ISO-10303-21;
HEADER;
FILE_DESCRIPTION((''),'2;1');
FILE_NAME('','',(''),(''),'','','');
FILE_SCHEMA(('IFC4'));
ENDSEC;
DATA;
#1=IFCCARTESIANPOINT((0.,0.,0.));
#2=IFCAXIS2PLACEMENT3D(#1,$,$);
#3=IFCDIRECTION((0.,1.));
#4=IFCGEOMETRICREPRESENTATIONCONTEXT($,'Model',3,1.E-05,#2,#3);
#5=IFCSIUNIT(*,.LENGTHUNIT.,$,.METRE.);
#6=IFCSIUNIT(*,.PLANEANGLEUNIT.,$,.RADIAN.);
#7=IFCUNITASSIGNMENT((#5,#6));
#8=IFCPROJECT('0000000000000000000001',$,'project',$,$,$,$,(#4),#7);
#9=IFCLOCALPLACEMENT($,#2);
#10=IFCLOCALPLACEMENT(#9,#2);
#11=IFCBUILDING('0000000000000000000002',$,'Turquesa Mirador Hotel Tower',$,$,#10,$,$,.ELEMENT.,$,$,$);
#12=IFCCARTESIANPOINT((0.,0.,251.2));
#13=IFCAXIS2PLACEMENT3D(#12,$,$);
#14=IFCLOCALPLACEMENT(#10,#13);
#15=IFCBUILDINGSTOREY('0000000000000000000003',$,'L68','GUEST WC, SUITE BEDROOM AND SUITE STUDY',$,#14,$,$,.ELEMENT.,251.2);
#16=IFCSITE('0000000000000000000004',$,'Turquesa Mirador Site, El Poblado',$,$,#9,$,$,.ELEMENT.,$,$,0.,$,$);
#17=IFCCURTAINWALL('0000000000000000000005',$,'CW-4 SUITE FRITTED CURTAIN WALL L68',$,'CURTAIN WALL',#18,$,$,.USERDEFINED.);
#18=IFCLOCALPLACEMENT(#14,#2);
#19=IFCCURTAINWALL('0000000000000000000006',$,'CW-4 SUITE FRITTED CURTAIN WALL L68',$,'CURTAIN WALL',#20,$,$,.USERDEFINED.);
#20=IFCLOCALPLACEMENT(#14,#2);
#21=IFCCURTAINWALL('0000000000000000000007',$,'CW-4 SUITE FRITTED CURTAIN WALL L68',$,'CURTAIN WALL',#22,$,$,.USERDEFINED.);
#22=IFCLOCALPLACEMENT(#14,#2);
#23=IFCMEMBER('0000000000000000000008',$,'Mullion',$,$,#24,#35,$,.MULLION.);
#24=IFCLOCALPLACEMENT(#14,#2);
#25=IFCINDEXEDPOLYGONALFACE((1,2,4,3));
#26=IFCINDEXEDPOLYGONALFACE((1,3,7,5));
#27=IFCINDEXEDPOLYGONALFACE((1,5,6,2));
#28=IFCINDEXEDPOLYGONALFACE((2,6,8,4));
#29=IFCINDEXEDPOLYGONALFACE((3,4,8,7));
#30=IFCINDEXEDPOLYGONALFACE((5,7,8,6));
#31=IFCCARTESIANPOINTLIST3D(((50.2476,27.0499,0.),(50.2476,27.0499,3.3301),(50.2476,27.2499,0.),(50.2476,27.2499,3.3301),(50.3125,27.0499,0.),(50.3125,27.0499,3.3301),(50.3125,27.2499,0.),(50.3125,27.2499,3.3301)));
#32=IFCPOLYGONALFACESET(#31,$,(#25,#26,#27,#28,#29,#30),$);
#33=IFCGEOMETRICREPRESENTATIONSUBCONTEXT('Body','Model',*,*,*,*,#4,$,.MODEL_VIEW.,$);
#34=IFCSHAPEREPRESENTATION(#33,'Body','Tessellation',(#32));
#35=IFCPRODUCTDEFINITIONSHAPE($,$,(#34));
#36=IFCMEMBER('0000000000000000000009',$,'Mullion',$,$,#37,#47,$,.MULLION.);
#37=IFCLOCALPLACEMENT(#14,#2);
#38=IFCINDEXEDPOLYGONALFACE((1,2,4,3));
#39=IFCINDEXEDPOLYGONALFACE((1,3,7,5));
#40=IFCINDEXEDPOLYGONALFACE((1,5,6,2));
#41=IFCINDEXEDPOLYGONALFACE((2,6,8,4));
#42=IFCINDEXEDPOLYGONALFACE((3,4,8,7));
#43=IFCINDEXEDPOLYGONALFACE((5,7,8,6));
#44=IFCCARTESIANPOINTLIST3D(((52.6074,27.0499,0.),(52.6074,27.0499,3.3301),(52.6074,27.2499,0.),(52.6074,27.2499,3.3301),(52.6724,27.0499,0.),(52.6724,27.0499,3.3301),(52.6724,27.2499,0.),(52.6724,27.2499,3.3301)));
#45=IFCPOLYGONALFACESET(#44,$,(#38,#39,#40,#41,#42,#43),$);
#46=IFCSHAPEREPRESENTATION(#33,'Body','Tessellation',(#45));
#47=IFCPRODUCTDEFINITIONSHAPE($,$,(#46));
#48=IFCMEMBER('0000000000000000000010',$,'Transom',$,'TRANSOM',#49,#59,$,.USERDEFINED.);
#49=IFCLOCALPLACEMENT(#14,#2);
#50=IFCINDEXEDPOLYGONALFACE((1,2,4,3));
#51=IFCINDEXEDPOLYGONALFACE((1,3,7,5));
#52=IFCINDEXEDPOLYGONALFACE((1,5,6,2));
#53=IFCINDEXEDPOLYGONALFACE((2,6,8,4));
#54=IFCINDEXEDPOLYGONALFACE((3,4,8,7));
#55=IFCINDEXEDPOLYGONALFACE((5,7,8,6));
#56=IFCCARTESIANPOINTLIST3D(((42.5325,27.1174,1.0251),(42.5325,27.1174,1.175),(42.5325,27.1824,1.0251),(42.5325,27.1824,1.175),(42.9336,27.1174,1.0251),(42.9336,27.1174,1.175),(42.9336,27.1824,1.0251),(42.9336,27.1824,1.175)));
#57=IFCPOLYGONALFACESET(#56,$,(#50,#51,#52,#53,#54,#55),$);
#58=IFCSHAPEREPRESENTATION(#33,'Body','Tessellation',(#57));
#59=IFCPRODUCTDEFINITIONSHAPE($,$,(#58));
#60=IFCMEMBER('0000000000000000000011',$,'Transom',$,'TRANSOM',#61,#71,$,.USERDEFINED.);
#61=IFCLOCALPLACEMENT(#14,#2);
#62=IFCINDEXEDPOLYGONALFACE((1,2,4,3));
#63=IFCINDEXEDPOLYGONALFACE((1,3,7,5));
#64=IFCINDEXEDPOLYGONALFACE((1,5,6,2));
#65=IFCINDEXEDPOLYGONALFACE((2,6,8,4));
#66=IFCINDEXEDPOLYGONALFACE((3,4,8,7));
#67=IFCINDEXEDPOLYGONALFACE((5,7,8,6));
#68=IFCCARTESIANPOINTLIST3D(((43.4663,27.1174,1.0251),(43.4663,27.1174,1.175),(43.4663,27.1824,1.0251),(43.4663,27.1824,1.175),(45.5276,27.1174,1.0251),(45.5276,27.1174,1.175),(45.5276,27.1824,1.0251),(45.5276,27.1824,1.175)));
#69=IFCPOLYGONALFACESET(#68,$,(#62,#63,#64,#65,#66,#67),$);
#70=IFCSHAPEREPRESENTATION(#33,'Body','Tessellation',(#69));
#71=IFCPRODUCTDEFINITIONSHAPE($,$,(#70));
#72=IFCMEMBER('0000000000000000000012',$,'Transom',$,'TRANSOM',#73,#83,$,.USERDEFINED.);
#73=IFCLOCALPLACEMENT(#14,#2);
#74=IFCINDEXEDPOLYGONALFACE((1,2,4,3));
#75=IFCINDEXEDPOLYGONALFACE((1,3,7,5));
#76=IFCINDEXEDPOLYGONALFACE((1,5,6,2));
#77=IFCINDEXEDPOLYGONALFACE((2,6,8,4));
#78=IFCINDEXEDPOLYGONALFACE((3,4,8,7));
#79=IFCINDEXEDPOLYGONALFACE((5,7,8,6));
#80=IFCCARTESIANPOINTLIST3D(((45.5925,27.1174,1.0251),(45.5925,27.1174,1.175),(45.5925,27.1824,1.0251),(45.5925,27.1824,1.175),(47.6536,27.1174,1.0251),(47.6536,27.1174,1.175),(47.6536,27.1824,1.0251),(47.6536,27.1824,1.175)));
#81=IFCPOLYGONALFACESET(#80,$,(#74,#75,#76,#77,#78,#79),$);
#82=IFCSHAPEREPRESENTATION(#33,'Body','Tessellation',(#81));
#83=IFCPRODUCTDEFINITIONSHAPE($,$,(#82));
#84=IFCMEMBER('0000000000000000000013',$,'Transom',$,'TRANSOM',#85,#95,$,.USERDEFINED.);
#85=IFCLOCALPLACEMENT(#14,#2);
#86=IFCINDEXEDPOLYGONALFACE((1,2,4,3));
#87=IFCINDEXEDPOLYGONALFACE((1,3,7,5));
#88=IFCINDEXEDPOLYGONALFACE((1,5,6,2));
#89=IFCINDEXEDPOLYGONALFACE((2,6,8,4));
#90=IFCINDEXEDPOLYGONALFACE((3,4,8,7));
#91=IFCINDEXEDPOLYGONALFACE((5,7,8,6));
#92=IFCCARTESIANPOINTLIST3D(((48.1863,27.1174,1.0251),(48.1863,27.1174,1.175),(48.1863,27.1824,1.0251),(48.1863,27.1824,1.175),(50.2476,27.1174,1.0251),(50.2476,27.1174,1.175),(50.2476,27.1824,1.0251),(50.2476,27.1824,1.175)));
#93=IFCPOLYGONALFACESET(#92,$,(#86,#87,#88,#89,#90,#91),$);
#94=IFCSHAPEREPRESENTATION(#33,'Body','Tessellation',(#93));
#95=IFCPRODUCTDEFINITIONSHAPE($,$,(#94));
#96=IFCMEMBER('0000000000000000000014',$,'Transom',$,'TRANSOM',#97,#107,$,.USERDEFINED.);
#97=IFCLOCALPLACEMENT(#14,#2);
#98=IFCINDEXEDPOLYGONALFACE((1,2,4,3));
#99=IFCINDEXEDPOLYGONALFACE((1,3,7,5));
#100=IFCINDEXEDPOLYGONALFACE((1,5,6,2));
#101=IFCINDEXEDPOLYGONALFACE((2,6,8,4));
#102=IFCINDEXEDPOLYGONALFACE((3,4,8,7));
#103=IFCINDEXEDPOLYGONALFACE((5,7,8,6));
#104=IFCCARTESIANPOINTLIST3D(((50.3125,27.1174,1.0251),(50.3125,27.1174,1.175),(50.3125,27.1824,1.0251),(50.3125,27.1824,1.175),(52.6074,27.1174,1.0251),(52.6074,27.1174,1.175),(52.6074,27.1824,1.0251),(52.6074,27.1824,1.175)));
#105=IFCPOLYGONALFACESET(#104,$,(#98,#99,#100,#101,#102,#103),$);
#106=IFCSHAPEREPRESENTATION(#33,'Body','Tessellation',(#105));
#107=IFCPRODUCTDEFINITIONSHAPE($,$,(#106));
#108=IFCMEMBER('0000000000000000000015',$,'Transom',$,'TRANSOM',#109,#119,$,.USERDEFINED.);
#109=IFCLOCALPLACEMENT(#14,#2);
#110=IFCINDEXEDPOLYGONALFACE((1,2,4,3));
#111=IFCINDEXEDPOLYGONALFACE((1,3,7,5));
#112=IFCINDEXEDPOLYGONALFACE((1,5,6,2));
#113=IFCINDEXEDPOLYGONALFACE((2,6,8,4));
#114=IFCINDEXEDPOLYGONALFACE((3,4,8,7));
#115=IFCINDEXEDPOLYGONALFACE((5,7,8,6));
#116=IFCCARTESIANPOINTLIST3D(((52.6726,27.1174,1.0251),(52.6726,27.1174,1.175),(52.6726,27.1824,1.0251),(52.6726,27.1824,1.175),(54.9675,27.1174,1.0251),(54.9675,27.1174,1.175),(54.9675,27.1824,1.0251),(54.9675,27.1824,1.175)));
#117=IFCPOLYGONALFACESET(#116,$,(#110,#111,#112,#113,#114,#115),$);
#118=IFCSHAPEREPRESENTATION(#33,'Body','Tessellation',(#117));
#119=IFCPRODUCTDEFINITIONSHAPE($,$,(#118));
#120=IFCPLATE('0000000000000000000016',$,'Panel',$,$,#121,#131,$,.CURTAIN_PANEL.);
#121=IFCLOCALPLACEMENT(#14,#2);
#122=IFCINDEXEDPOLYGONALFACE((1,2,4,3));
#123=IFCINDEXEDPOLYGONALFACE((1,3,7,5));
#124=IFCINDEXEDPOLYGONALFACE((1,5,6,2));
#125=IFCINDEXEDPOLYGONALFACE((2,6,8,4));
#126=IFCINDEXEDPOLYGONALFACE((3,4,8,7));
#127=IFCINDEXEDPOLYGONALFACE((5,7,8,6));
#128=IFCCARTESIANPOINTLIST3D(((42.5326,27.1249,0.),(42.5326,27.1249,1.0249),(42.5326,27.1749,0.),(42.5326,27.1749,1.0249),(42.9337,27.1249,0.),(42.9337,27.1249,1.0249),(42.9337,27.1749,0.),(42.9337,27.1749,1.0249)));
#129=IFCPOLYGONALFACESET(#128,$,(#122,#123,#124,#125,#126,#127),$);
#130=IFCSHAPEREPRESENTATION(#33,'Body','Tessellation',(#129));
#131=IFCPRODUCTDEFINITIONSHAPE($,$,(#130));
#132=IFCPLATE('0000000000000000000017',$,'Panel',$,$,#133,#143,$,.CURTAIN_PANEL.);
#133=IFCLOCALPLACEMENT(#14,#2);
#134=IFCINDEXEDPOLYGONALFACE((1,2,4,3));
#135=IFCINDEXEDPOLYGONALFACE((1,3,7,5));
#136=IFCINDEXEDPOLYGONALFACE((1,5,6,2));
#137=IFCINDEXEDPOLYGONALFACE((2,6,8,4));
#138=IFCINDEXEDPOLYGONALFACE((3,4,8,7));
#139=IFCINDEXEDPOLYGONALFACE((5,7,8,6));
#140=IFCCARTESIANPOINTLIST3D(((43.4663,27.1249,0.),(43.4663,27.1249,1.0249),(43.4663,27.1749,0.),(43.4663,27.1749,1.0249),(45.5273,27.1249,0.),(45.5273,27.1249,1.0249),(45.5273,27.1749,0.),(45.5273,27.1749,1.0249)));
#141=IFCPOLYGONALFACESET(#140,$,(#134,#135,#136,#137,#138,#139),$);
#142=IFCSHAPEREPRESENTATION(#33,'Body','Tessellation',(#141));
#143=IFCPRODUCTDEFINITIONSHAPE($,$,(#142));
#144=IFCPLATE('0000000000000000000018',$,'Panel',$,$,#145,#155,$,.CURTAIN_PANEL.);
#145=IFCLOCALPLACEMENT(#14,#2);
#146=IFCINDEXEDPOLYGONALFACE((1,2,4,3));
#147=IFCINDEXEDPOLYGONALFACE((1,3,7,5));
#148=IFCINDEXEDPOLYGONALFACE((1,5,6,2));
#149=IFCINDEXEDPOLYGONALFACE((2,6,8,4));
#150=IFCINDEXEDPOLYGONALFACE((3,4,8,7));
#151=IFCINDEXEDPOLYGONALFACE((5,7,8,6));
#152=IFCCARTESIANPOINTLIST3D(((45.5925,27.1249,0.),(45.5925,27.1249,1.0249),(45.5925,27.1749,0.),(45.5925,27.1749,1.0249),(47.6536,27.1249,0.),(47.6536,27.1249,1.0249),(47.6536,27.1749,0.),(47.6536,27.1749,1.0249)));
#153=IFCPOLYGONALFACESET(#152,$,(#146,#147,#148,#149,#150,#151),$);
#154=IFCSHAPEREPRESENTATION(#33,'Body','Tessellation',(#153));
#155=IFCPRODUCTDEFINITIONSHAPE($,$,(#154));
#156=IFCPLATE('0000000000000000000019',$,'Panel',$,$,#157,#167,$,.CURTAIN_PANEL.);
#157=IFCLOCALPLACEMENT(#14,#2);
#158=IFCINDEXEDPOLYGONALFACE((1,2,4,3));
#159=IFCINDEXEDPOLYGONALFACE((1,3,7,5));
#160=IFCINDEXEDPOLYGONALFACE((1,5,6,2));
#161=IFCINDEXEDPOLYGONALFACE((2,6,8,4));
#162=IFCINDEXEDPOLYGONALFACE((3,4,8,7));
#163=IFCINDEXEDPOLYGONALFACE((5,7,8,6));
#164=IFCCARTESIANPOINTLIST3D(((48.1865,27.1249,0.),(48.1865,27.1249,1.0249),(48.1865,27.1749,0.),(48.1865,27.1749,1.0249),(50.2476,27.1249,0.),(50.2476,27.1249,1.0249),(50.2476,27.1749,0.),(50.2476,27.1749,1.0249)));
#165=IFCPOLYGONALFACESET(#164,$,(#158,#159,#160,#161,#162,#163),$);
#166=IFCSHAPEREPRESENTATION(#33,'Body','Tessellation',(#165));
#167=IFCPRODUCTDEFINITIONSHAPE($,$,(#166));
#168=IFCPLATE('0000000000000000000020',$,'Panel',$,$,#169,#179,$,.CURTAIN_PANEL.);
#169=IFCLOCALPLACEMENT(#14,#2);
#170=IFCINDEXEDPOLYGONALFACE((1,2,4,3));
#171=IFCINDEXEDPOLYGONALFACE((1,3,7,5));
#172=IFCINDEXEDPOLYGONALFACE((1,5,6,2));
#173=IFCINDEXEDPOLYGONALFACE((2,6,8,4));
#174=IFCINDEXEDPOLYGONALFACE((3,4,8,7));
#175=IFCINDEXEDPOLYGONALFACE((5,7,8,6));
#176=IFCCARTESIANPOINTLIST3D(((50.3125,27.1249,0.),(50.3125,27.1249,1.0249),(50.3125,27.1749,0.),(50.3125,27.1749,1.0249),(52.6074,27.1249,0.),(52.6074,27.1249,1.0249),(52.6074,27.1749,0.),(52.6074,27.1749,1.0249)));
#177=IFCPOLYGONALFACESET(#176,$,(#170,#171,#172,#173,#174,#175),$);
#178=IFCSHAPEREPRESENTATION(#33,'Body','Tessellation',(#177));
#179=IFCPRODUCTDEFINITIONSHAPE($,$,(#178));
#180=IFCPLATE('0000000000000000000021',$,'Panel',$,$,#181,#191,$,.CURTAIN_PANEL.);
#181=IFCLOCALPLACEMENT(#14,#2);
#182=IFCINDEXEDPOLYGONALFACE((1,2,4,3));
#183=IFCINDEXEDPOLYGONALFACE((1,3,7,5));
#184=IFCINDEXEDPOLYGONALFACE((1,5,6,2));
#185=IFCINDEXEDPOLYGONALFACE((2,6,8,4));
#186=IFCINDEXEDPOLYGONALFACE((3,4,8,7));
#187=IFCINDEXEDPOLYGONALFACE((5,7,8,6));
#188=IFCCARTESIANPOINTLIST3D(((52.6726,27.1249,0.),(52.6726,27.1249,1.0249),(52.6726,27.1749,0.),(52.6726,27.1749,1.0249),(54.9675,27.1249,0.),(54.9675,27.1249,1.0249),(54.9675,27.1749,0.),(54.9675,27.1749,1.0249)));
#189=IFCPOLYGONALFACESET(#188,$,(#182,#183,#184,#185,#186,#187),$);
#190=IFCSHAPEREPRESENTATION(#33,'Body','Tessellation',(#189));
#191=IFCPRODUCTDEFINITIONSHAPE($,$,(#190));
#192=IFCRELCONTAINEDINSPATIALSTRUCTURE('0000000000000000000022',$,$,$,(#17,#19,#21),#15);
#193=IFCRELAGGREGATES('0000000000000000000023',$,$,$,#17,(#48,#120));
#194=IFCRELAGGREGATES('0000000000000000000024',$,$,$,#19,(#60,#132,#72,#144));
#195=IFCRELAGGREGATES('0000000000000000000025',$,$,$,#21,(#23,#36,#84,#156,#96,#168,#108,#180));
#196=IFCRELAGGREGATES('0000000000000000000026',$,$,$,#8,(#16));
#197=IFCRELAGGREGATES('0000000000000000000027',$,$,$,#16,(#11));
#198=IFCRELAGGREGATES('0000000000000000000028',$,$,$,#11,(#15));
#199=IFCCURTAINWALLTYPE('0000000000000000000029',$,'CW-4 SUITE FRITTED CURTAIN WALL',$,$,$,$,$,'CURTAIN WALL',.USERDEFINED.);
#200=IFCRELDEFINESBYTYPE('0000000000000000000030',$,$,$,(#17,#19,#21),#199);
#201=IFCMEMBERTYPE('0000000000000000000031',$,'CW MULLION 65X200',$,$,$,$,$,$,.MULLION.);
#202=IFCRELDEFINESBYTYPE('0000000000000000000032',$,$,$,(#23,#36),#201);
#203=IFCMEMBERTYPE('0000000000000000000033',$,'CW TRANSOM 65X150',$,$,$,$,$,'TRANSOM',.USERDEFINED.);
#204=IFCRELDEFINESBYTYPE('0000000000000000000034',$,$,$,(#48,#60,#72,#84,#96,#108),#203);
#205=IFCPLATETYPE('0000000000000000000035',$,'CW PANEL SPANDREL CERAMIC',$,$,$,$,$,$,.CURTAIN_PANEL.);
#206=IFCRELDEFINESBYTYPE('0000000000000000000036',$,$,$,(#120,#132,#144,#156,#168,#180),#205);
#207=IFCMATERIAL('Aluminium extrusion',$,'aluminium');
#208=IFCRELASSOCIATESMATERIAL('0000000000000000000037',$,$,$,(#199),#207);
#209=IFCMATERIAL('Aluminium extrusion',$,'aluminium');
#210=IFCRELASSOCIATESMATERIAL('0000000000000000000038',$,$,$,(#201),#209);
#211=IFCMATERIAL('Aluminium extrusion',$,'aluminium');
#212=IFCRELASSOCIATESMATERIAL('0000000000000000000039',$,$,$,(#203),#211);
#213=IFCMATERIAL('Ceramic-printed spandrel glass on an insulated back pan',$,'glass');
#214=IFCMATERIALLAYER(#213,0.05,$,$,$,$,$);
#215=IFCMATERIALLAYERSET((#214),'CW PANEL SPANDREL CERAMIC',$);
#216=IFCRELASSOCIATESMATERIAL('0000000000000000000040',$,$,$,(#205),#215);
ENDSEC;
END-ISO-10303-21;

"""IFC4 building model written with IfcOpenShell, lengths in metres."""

from ifc_helpers import new_model, si_unit, direction, frame, origin, origin_2d, place, context, subcontext, project, spatial, rectangle, extrude, material, layer, layer_set, material_profile, profile_set, type_object, element, aggregate, save


model = new_model("IFC4")

# Units and contexts
model_context = context("Model", 3, precision=1e-05, world=origin(), true_north=direction((0.0, 1.0)))
body_context = subcontext(model_context, "Body", "Model", "MODEL_VIEW")
ifc_project = project(units=[si_unit("LENGTHUNIT", "METRE"), si_unit("PLANEANGLEUNIT", "RADIAN")], contexts=[model_context])

# Site, building, storey
site_placement = place(None, origin())
site = spatial("IfcSite", under=ifc_project, at=site_placement, Name="Turquesa Mirador Site, El Poblado", CompositionType="ELEMENT", RefElevation=0.0)
building_placement = place(site_placement, origin())
building = spatial("IfcBuilding", under=site, at=building_placement, Name="Turquesa Mirador Hotel Tower", CompositionType="ELEMENT")
storey_placement = place(building_placement, frame((0.0, 0.0, 251.2)))
storey = spatial("IfcBuildingStorey", under=building, at=storey_placement, Name="L68", Description="GUEST WC, SUITE BEDROOM AND SUITE STUDY", CompositionType="ELEMENT", Elevation=251.2)

# Curtain walls, members
ifc_material_1 = material(Name="Aluminium extrusion", Category="aluminium")
curtain_wall_type = type_object("IfcCurtainWallType", Name="CW-4 SUITE FRITTED CURTAIN WALL", ElementType="CURTAIN WALL", PredefinedType="USERDEFINED", material=ifc_material_1)
curtain_wall_1_placement = place(storey_placement, origin())
curtain_wall_1 = element("IfcCurtainWall", 1, at=curtain_wall_1_placement, inside=storey, type_object=curtain_wall_type, Name="CW-4 SUITE FRITTED CURTAIN WALL L68", ObjectType="CURTAIN WALL", PredefinedType="USERDEFINED")
ifc_material_2 = material(Name="Aluminium extrusion", Category="aluminium")
ifc_material_profile_1 = material_profile(ifc_material_2, rectangle(XDim=0.0649, YDim=0.2, at=origin_2d()), Name="MULLION 65X200")
ifc_profile_set_1 = profile_set([ifc_material_profile_1], Name="Aluminium extrusion")
member_type_1 = type_object("IfcMemberType", Name="CW MULLION 65X200", PredefinedType="MULLION", material=ifc_profile_set_1)
curtain_wall_2_placement = place(storey_placement, origin())
curtain_wall_2 = element("IfcCurtainWall", 2, at=curtain_wall_2_placement, inside=storey, type_object=curtain_wall_type, Name="CW-4 SUITE FRITTED CURTAIN WALL L68", ObjectType="CURTAIN WALL", PredefinedType="USERDEFINED")
curtain_wall_3_placement = place(storey_placement, origin())
curtain_wall_3 = element("IfcCurtainWall", 3, at=curtain_wall_3_placement, inside=storey, type_object=curtain_wall_type, Name="CW-4 SUITE FRITTED CURTAIN WALL L68", ObjectType="CURTAIN WALL", PredefinedType="USERDEFINED")
member_1_placement = place(storey_placement, frame((50.28, 27.1499, 0.0), z_axis=(0.0, 0.0, 1.0), x_axis=(1.0, 0.0, 0.0)))
member_1 = element("IfcMember", 4, at=member_1_placement, type_object=member_type_1, Name="Mullion", PredefinedType="MULLION", context=body_context, shape_type="SweptSolid", body=[
    extrude(rectangle(XDim=0.0649, YDim=0.2, at=origin_2d()), origin(), (0.0, 0.0, 1.0), 3.3301),
])
member_2_placement = place(storey_placement, frame((52.6399, 27.1499, 0.0), z_axis=(0.0, 0.0, 1.0), x_axis=(1.0, 0.0, 0.0)))
member_2 = element("IfcMember", 5, at=member_2_placement, type_object=member_type_1, Name="Mullion", PredefinedType="MULLION", context=body_context, shape_type="SweptSolid", body=[
    extrude(rectangle(XDim=0.0649, YDim=0.2, at=origin_2d()), origin(), (0.0, 0.0, 1.0), 3.3301),
])

# Members
ifc_material_3 = material(Name="Aluminium extrusion", Category="aluminium")
ifc_material_profile_2 = material_profile(ifc_material_3, rectangle(XDim=0.0649, YDim=0.1499, at=origin_2d()), Name="TRANSOM 65X150")
ifc_profile_set_2 = profile_set([ifc_material_profile_2], Name="Aluminium extrusion")
member_type_2 = type_object("IfcMemberType", Name="CW TRANSOM 65X150", ElementType="TRANSOM", PredefinedType="USERDEFINED", material=ifc_profile_set_2)
member_3_placement = place(storey_placement, frame((42.5325, 27.1499, 1.1001), z_axis=(1.0, 0.0, 0.0), x_axis=(0.0, 1.0, 0.0)))
member_3 = element("IfcMember", 6, at=member_3_placement, type_object=member_type_2, Name="Transom", ObjectType="TRANSOM", PredefinedType="USERDEFINED", context=body_context, shape_type="SweptSolid", body=[
    extrude(rectangle(XDim=0.0649, YDim=0.1499, at=origin_2d()), origin(), (0.0, 0.0, 1.0), 0.4011),
])
member_4_placement = place(storey_placement, frame((43.4663, 27.1499, 1.1001), z_axis=(1.0, 0.0, 0.0), x_axis=(0.0, 1.0, 0.0)))
member_4 = element("IfcMember", 7, at=member_4_placement, type_object=member_type_2, Name="Transom", ObjectType="TRANSOM", PredefinedType="USERDEFINED", context=body_context, shape_type="SweptSolid", body=[
    extrude(rectangle(XDim=0.0649, YDim=0.1499, at=origin_2d()), origin(), (0.0, 0.0, 1.0), 2.0613),
])
member_5_placement = place(storey_placement, frame((45.5925, 27.1499, 1.1001), z_axis=(1.0, 0.0, 0.0), x_axis=(0.0, 1.0, 0.0)))
member_5 = element("IfcMember", 8, at=member_5_placement, type_object=member_type_2, Name="Transom", ObjectType="TRANSOM", PredefinedType="USERDEFINED", context=body_context, shape_type="SweptSolid", body=[
    extrude(rectangle(XDim=0.0649, YDim=0.1499, at=origin_2d()), origin(), (0.0, 0.0, 1.0), 2.061),
])
member_6_placement = place(storey_placement, frame((48.1863, 27.1499, 1.1001), z_axis=(1.0, 0.0, 0.0), x_axis=(0.0, 1.0, 0.0)))
member_6 = element("IfcMember", 9, at=member_6_placement, type_object=member_type_2, Name="Transom", ObjectType="TRANSOM", PredefinedType="USERDEFINED", context=body_context, shape_type="SweptSolid", body=[
    extrude(rectangle(XDim=0.0649, YDim=0.1499, at=origin_2d()), origin(), (0.0, 0.0, 1.0), 2.0613),
])
member_7_placement = place(storey_placement, frame((50.3125, 27.1499, 1.1001), z_axis=(1.0, 0.0, 0.0), x_axis=(0.0, 1.0, 0.0)))
member_7 = element("IfcMember", 10, at=member_7_placement, type_object=member_type_2, Name="Transom", ObjectType="TRANSOM", PredefinedType="USERDEFINED", context=body_context, shape_type="SweptSolid", body=[
    extrude(rectangle(XDim=0.0649, YDim=0.1499, at=origin_2d()), origin(), (0.0, 0.0, 1.0), 2.2949),
])
member_8_placement = place(storey_placement, frame((52.6726, 27.1499, 1.1001), z_axis=(1.0, 0.0, 0.0), x_axis=(0.0, 1.0, 0.0)))
member_8 = element("IfcMember", 11, at=member_8_placement, type_object=member_type_2, Name="Transom", ObjectType="TRANSOM", PredefinedType="USERDEFINED", context=body_context, shape_type="SweptSolid", body=[
    extrude(rectangle(XDim=0.0649, YDim=0.1499, at=origin_2d()), origin(), (0.0, 0.0, 1.0), 2.2949),
])

# Plates
ifc_material_4 = material(Name="Ceramic-printed spandrel glass on an insulated back pan", Category="glass")
ifc_layer_1 = layer(ifc_material_4, 0.05)
ifc_layer_set_1 = layer_set([ifc_layer_1], Name="CW PANEL SPANDREL CERAMIC")
plate_type_1 = type_object("IfcPlateType", Name="CW PANEL SPANDREL CERAMIC", PredefinedType="CURTAIN_PANEL", material=ifc_layer_set_1)
plate_1_placement = place(storey_placement, frame((42.7332, 27.1499, 0.0), z_axis=(0.0, 0.0, 1.0), x_axis=(1.0, 0.0, 0.0)))
plate_1 = element("IfcPlate", 12, at=plate_1_placement, type_object=plate_type_1, Name="Panel", PredefinedType="CURTAIN_PANEL", context=body_context, shape_type="SweptSolid", body=[
    extrude(rectangle(XDim=0.4011, YDim=0.05, at=origin_2d()), origin(), (0.0, 0.0, 1.0), 1.0249),
])
plate_2_placement = place(storey_placement, frame((44.4968, 27.1499, 0.0), z_axis=(0.0, 0.0, 1.0), x_axis=(1.0, 0.0, 0.0)))
plate_2 = element("IfcPlate", 13, at=plate_2_placement, type_object=plate_type_1, Name="Panel", PredefinedType="CURTAIN_PANEL", context=body_context, shape_type="SweptSolid", body=[
    extrude(rectangle(XDim=2.061, YDim=0.05, at=origin_2d()), origin(), (0.0, 0.0, 1.0), 1.0249),
])
plate_3_placement = place(storey_placement, frame((46.623, 27.1499, 0.0), z_axis=(0.0, 0.0, 1.0), x_axis=(1.0, 0.0, 0.0)))
plate_3 = element("IfcPlate", 14, at=plate_3_placement, type_object=plate_type_1, Name="Panel", PredefinedType="CURTAIN_PANEL", context=body_context, shape_type="SweptSolid", body=[
    extrude(rectangle(XDim=2.061, YDim=0.05, at=origin_2d()), origin(), (0.0, 0.0, 1.0), 1.0249),
])
plate_4_placement = place(storey_placement, frame((49.217, 27.1499, 0.0), z_axis=(0.0, 0.0, 1.0), x_axis=(1.0, 0.0, 0.0)))
plate_4 = element("IfcPlate", 15, at=plate_4_placement, type_object=plate_type_1, Name="Panel", PredefinedType="CURTAIN_PANEL", context=body_context, shape_type="SweptSolid", body=[
    extrude(rectangle(XDim=2.061, YDim=0.05, at=origin_2d()), origin(), (0.0, 0.0, 1.0), 1.0249),
])
plate_5_placement = place(storey_placement, frame((51.46, 27.1499, 0.0), z_axis=(0.0, 0.0, 1.0), x_axis=(1.0, 0.0, 0.0)))
plate_5 = element("IfcPlate", 16, at=plate_5_placement, type_object=plate_type_1, Name="Panel", PredefinedType="CURTAIN_PANEL", context=body_context, shape_type="SweptSolid", body=[
    extrude(rectangle(XDim=2.2949, YDim=0.05, at=origin_2d()), origin(), (0.0, 0.0, 1.0), 1.0249),
])
plate_6_placement = place(storey_placement, frame((53.8201, 27.1499, 0.0), z_axis=(0.0, 0.0, 1.0), x_axis=(1.0, 0.0, 0.0)))
plate_6 = element("IfcPlate", 17, at=plate_6_placement, type_object=plate_type_1, Name="Panel", PredefinedType="CURTAIN_PANEL", context=body_context, shape_type="SweptSolid", body=[
    extrude(rectangle(XDim=2.2949, YDim=0.05, at=origin_2d()), origin(), (0.0, 0.0, 1.0), 1.0249),
])
aggregate(curtain_wall_1, [member_3, plate_1])
aggregate(curtain_wall_2, [member_4, plate_2, member_5, plate_3])
aggregate(curtain_wall_3, [member_1, member_2, member_6, plate_4, member_7, plate_5, member_8, plate_6])

save(model, "model.ifc")
